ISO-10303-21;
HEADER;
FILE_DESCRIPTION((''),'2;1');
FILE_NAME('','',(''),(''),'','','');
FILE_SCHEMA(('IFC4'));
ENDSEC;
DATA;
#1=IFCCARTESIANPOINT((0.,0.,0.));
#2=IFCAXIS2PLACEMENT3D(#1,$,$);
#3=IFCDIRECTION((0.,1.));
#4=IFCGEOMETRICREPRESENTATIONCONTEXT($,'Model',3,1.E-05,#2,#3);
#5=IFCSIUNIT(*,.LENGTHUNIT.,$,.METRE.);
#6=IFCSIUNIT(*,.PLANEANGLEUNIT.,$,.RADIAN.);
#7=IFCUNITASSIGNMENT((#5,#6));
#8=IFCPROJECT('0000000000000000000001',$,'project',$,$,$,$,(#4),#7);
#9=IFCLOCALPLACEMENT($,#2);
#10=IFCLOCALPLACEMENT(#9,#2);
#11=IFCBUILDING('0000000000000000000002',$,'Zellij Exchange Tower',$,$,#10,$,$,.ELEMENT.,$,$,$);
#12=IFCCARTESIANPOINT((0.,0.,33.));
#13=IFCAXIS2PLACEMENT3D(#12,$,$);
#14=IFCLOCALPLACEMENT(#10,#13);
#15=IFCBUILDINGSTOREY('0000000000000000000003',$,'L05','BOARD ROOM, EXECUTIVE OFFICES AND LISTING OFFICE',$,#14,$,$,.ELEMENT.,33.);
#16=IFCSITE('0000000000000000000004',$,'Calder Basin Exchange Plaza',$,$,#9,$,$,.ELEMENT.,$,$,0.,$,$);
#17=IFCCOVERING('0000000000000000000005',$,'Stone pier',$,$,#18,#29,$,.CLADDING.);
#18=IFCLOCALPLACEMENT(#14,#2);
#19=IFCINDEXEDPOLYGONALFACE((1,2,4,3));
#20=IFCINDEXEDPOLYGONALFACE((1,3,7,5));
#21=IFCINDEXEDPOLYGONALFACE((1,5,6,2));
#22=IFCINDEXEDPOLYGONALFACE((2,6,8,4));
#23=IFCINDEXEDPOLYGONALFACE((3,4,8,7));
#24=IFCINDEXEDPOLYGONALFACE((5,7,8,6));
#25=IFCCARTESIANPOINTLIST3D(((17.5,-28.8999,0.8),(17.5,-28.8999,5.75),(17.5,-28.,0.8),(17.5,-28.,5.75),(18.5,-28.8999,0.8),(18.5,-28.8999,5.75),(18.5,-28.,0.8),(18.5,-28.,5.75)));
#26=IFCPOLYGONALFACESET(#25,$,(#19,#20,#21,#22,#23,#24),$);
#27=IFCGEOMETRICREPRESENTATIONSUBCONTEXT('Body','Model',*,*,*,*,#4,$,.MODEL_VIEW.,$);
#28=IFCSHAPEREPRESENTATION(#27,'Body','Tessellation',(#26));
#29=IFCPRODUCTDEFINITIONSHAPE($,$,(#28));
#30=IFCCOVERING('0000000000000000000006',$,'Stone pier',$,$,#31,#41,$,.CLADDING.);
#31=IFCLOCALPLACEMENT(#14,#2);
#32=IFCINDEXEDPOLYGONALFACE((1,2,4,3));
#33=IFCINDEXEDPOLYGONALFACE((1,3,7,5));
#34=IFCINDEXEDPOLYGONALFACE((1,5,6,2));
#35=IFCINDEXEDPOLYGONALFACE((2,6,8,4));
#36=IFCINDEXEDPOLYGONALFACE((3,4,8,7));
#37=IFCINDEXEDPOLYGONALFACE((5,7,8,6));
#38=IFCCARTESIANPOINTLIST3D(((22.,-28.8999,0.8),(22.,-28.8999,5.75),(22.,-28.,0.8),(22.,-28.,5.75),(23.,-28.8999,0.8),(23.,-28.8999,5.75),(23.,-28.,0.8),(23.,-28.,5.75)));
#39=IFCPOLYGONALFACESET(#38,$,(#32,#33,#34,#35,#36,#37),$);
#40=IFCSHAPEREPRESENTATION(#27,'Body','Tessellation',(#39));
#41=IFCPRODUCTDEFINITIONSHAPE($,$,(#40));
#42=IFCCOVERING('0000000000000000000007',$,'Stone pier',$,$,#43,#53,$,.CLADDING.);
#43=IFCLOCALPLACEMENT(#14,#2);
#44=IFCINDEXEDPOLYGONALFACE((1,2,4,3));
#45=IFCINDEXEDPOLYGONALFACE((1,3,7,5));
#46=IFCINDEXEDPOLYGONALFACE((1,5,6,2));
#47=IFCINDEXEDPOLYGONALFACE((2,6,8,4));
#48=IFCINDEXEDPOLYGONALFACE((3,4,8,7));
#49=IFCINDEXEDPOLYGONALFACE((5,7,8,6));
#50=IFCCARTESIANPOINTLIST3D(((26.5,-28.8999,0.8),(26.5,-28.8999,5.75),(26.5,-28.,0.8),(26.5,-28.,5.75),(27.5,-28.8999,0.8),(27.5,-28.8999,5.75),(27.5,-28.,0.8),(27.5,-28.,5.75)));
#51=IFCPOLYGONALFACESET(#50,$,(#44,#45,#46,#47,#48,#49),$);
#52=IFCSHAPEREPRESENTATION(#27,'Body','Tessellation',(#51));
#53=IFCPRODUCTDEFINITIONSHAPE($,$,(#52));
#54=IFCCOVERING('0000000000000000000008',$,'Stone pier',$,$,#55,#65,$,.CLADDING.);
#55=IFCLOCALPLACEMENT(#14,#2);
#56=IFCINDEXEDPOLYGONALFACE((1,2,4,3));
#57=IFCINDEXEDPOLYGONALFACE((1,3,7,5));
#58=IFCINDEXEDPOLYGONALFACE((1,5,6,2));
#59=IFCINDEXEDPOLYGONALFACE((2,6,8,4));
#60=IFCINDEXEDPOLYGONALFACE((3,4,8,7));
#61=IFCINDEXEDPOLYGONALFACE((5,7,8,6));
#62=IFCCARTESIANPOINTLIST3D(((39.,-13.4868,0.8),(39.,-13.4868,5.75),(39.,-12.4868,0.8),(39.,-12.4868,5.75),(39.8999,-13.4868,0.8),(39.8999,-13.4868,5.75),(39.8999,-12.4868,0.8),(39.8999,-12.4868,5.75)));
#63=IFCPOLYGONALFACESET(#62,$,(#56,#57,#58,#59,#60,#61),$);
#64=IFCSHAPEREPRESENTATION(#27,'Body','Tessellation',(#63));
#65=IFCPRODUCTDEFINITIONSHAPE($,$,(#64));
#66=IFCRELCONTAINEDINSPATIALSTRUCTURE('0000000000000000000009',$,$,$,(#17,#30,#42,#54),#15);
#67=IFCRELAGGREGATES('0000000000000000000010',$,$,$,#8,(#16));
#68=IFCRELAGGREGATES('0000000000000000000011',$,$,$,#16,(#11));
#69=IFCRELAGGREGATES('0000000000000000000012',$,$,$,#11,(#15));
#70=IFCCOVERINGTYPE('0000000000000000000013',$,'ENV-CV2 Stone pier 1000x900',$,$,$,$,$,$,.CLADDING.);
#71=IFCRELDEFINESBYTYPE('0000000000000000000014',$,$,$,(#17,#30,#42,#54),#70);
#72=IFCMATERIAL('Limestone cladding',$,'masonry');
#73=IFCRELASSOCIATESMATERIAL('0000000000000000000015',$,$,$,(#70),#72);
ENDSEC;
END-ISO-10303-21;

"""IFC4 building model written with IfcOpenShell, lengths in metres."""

from ifc_helpers import new_model, si_unit, direction, frame, origin, place, context, subcontext, project, spatial, polyline, outline, extrude, material, type_object, element, save


model = new_model("IFC4")

# Units and contexts
model_context = context("Model", 3, precision=1e-05, world=origin(), true_north=direction((0.0, 1.0)))
body_context = subcontext(model_context, "Body", "Model", "MODEL_VIEW")
ifc_project = project(units=[si_unit("LENGTHUNIT", "METRE"), si_unit("PLANEANGLEUNIT", "RADIAN")], contexts=[model_context])

# Site, building, storey
site_placement = place(None, origin())
site = spatial("IfcSite", under=ifc_project, at=site_placement, Name="Calder Basin Exchange Plaza", CompositionType="ELEMENT", RefElevation=0.0)
building_placement = place(site_placement, origin())
building = spatial("IfcBuilding", under=site, at=building_placement, Name="Zellij Exchange Tower", CompositionType="ELEMENT")
storey_placement = place(building_placement, frame((0.0, 0.0, 33.0)))
storey = spatial("IfcBuildingStorey", under=building, at=storey_placement, Name="L05", Description="BOARD ROOM, EXECUTIVE OFFICES AND LISTING OFFICE", CompositionType="ELEMENT", Elevation=33.0)

# Coverings
ifc_material_1 = material(Name="Limestone cladding", Category="masonry")
covering_type = type_object("IfcCoveringType", Name="ENV-CV2 Stone pier 1000x900", PredefinedType="CLADDING", material=ifc_material_1)
covering_1_placement = place(storey_placement, frame((0.0, 0.0, 0.8)))
element("IfcCovering", 1, at=covering_1_placement, inside=storey, type_object=covering_type, Name="Stone pier", PredefinedType="CLADDING", context=body_context, shape_type="SweptSolid", body=[
    extrude(outline(polyline([(17.5, -28.0), (18.5, -28.0), (18.5, -28.8999), (17.5, -28.8999), (17.5, -28.0)])), origin(), (0.0, 0.0, 1.0), 4.95),
])
covering_2_placement = place(storey_placement, frame((0.0, 0.0, 0.8)))
element("IfcCovering", 2, at=covering_2_placement, inside=storey, type_object=covering_type, Name="Stone pier", PredefinedType="CLADDING", context=body_context, shape_type="SweptSolid", body=[
    extrude(outline(polyline([(22.0, -28.0), (23.0, -28.0), (23.0, -28.8999), (22.0, -28.8999), (22.0, -28.0)])), origin(), (0.0, 0.0, 1.0), 4.95),
])
covering_3_placement = place(storey_placement, frame((0.0, 0.0, 0.8)))
element("IfcCovering", 3, at=covering_3_placement, inside=storey, type_object=covering_type, Name="Stone pier", PredefinedType="CLADDING", context=body_context, shape_type="SweptSolid", body=[
    extrude(outline(polyline([(26.5, -28.0), (27.5, -28.0), (27.5, -28.8999), (26.5, -28.8999), (26.5, -28.0)])), origin(), (0.0, 0.0, 1.0), 4.95),
])
covering_4_placement = place(storey_placement, frame((0.0, 0.0, 0.8)))
element("IfcCovering", 4, at=covering_4_placement, inside=storey, type_object=covering_type, Name="Stone pier", PredefinedType="CLADDING", context=body_context, shape_type="SweptSolid", body=[
    extrude(outline(polyline([(39.0, -13.4868), (39.0, -12.4868), (39.8999, -12.4868), (39.8999, -13.4868), (39.0, -13.4868)])), origin(), (0.0, 0.0, 1.0), 4.95),
])

save(model, "model.ifc")
